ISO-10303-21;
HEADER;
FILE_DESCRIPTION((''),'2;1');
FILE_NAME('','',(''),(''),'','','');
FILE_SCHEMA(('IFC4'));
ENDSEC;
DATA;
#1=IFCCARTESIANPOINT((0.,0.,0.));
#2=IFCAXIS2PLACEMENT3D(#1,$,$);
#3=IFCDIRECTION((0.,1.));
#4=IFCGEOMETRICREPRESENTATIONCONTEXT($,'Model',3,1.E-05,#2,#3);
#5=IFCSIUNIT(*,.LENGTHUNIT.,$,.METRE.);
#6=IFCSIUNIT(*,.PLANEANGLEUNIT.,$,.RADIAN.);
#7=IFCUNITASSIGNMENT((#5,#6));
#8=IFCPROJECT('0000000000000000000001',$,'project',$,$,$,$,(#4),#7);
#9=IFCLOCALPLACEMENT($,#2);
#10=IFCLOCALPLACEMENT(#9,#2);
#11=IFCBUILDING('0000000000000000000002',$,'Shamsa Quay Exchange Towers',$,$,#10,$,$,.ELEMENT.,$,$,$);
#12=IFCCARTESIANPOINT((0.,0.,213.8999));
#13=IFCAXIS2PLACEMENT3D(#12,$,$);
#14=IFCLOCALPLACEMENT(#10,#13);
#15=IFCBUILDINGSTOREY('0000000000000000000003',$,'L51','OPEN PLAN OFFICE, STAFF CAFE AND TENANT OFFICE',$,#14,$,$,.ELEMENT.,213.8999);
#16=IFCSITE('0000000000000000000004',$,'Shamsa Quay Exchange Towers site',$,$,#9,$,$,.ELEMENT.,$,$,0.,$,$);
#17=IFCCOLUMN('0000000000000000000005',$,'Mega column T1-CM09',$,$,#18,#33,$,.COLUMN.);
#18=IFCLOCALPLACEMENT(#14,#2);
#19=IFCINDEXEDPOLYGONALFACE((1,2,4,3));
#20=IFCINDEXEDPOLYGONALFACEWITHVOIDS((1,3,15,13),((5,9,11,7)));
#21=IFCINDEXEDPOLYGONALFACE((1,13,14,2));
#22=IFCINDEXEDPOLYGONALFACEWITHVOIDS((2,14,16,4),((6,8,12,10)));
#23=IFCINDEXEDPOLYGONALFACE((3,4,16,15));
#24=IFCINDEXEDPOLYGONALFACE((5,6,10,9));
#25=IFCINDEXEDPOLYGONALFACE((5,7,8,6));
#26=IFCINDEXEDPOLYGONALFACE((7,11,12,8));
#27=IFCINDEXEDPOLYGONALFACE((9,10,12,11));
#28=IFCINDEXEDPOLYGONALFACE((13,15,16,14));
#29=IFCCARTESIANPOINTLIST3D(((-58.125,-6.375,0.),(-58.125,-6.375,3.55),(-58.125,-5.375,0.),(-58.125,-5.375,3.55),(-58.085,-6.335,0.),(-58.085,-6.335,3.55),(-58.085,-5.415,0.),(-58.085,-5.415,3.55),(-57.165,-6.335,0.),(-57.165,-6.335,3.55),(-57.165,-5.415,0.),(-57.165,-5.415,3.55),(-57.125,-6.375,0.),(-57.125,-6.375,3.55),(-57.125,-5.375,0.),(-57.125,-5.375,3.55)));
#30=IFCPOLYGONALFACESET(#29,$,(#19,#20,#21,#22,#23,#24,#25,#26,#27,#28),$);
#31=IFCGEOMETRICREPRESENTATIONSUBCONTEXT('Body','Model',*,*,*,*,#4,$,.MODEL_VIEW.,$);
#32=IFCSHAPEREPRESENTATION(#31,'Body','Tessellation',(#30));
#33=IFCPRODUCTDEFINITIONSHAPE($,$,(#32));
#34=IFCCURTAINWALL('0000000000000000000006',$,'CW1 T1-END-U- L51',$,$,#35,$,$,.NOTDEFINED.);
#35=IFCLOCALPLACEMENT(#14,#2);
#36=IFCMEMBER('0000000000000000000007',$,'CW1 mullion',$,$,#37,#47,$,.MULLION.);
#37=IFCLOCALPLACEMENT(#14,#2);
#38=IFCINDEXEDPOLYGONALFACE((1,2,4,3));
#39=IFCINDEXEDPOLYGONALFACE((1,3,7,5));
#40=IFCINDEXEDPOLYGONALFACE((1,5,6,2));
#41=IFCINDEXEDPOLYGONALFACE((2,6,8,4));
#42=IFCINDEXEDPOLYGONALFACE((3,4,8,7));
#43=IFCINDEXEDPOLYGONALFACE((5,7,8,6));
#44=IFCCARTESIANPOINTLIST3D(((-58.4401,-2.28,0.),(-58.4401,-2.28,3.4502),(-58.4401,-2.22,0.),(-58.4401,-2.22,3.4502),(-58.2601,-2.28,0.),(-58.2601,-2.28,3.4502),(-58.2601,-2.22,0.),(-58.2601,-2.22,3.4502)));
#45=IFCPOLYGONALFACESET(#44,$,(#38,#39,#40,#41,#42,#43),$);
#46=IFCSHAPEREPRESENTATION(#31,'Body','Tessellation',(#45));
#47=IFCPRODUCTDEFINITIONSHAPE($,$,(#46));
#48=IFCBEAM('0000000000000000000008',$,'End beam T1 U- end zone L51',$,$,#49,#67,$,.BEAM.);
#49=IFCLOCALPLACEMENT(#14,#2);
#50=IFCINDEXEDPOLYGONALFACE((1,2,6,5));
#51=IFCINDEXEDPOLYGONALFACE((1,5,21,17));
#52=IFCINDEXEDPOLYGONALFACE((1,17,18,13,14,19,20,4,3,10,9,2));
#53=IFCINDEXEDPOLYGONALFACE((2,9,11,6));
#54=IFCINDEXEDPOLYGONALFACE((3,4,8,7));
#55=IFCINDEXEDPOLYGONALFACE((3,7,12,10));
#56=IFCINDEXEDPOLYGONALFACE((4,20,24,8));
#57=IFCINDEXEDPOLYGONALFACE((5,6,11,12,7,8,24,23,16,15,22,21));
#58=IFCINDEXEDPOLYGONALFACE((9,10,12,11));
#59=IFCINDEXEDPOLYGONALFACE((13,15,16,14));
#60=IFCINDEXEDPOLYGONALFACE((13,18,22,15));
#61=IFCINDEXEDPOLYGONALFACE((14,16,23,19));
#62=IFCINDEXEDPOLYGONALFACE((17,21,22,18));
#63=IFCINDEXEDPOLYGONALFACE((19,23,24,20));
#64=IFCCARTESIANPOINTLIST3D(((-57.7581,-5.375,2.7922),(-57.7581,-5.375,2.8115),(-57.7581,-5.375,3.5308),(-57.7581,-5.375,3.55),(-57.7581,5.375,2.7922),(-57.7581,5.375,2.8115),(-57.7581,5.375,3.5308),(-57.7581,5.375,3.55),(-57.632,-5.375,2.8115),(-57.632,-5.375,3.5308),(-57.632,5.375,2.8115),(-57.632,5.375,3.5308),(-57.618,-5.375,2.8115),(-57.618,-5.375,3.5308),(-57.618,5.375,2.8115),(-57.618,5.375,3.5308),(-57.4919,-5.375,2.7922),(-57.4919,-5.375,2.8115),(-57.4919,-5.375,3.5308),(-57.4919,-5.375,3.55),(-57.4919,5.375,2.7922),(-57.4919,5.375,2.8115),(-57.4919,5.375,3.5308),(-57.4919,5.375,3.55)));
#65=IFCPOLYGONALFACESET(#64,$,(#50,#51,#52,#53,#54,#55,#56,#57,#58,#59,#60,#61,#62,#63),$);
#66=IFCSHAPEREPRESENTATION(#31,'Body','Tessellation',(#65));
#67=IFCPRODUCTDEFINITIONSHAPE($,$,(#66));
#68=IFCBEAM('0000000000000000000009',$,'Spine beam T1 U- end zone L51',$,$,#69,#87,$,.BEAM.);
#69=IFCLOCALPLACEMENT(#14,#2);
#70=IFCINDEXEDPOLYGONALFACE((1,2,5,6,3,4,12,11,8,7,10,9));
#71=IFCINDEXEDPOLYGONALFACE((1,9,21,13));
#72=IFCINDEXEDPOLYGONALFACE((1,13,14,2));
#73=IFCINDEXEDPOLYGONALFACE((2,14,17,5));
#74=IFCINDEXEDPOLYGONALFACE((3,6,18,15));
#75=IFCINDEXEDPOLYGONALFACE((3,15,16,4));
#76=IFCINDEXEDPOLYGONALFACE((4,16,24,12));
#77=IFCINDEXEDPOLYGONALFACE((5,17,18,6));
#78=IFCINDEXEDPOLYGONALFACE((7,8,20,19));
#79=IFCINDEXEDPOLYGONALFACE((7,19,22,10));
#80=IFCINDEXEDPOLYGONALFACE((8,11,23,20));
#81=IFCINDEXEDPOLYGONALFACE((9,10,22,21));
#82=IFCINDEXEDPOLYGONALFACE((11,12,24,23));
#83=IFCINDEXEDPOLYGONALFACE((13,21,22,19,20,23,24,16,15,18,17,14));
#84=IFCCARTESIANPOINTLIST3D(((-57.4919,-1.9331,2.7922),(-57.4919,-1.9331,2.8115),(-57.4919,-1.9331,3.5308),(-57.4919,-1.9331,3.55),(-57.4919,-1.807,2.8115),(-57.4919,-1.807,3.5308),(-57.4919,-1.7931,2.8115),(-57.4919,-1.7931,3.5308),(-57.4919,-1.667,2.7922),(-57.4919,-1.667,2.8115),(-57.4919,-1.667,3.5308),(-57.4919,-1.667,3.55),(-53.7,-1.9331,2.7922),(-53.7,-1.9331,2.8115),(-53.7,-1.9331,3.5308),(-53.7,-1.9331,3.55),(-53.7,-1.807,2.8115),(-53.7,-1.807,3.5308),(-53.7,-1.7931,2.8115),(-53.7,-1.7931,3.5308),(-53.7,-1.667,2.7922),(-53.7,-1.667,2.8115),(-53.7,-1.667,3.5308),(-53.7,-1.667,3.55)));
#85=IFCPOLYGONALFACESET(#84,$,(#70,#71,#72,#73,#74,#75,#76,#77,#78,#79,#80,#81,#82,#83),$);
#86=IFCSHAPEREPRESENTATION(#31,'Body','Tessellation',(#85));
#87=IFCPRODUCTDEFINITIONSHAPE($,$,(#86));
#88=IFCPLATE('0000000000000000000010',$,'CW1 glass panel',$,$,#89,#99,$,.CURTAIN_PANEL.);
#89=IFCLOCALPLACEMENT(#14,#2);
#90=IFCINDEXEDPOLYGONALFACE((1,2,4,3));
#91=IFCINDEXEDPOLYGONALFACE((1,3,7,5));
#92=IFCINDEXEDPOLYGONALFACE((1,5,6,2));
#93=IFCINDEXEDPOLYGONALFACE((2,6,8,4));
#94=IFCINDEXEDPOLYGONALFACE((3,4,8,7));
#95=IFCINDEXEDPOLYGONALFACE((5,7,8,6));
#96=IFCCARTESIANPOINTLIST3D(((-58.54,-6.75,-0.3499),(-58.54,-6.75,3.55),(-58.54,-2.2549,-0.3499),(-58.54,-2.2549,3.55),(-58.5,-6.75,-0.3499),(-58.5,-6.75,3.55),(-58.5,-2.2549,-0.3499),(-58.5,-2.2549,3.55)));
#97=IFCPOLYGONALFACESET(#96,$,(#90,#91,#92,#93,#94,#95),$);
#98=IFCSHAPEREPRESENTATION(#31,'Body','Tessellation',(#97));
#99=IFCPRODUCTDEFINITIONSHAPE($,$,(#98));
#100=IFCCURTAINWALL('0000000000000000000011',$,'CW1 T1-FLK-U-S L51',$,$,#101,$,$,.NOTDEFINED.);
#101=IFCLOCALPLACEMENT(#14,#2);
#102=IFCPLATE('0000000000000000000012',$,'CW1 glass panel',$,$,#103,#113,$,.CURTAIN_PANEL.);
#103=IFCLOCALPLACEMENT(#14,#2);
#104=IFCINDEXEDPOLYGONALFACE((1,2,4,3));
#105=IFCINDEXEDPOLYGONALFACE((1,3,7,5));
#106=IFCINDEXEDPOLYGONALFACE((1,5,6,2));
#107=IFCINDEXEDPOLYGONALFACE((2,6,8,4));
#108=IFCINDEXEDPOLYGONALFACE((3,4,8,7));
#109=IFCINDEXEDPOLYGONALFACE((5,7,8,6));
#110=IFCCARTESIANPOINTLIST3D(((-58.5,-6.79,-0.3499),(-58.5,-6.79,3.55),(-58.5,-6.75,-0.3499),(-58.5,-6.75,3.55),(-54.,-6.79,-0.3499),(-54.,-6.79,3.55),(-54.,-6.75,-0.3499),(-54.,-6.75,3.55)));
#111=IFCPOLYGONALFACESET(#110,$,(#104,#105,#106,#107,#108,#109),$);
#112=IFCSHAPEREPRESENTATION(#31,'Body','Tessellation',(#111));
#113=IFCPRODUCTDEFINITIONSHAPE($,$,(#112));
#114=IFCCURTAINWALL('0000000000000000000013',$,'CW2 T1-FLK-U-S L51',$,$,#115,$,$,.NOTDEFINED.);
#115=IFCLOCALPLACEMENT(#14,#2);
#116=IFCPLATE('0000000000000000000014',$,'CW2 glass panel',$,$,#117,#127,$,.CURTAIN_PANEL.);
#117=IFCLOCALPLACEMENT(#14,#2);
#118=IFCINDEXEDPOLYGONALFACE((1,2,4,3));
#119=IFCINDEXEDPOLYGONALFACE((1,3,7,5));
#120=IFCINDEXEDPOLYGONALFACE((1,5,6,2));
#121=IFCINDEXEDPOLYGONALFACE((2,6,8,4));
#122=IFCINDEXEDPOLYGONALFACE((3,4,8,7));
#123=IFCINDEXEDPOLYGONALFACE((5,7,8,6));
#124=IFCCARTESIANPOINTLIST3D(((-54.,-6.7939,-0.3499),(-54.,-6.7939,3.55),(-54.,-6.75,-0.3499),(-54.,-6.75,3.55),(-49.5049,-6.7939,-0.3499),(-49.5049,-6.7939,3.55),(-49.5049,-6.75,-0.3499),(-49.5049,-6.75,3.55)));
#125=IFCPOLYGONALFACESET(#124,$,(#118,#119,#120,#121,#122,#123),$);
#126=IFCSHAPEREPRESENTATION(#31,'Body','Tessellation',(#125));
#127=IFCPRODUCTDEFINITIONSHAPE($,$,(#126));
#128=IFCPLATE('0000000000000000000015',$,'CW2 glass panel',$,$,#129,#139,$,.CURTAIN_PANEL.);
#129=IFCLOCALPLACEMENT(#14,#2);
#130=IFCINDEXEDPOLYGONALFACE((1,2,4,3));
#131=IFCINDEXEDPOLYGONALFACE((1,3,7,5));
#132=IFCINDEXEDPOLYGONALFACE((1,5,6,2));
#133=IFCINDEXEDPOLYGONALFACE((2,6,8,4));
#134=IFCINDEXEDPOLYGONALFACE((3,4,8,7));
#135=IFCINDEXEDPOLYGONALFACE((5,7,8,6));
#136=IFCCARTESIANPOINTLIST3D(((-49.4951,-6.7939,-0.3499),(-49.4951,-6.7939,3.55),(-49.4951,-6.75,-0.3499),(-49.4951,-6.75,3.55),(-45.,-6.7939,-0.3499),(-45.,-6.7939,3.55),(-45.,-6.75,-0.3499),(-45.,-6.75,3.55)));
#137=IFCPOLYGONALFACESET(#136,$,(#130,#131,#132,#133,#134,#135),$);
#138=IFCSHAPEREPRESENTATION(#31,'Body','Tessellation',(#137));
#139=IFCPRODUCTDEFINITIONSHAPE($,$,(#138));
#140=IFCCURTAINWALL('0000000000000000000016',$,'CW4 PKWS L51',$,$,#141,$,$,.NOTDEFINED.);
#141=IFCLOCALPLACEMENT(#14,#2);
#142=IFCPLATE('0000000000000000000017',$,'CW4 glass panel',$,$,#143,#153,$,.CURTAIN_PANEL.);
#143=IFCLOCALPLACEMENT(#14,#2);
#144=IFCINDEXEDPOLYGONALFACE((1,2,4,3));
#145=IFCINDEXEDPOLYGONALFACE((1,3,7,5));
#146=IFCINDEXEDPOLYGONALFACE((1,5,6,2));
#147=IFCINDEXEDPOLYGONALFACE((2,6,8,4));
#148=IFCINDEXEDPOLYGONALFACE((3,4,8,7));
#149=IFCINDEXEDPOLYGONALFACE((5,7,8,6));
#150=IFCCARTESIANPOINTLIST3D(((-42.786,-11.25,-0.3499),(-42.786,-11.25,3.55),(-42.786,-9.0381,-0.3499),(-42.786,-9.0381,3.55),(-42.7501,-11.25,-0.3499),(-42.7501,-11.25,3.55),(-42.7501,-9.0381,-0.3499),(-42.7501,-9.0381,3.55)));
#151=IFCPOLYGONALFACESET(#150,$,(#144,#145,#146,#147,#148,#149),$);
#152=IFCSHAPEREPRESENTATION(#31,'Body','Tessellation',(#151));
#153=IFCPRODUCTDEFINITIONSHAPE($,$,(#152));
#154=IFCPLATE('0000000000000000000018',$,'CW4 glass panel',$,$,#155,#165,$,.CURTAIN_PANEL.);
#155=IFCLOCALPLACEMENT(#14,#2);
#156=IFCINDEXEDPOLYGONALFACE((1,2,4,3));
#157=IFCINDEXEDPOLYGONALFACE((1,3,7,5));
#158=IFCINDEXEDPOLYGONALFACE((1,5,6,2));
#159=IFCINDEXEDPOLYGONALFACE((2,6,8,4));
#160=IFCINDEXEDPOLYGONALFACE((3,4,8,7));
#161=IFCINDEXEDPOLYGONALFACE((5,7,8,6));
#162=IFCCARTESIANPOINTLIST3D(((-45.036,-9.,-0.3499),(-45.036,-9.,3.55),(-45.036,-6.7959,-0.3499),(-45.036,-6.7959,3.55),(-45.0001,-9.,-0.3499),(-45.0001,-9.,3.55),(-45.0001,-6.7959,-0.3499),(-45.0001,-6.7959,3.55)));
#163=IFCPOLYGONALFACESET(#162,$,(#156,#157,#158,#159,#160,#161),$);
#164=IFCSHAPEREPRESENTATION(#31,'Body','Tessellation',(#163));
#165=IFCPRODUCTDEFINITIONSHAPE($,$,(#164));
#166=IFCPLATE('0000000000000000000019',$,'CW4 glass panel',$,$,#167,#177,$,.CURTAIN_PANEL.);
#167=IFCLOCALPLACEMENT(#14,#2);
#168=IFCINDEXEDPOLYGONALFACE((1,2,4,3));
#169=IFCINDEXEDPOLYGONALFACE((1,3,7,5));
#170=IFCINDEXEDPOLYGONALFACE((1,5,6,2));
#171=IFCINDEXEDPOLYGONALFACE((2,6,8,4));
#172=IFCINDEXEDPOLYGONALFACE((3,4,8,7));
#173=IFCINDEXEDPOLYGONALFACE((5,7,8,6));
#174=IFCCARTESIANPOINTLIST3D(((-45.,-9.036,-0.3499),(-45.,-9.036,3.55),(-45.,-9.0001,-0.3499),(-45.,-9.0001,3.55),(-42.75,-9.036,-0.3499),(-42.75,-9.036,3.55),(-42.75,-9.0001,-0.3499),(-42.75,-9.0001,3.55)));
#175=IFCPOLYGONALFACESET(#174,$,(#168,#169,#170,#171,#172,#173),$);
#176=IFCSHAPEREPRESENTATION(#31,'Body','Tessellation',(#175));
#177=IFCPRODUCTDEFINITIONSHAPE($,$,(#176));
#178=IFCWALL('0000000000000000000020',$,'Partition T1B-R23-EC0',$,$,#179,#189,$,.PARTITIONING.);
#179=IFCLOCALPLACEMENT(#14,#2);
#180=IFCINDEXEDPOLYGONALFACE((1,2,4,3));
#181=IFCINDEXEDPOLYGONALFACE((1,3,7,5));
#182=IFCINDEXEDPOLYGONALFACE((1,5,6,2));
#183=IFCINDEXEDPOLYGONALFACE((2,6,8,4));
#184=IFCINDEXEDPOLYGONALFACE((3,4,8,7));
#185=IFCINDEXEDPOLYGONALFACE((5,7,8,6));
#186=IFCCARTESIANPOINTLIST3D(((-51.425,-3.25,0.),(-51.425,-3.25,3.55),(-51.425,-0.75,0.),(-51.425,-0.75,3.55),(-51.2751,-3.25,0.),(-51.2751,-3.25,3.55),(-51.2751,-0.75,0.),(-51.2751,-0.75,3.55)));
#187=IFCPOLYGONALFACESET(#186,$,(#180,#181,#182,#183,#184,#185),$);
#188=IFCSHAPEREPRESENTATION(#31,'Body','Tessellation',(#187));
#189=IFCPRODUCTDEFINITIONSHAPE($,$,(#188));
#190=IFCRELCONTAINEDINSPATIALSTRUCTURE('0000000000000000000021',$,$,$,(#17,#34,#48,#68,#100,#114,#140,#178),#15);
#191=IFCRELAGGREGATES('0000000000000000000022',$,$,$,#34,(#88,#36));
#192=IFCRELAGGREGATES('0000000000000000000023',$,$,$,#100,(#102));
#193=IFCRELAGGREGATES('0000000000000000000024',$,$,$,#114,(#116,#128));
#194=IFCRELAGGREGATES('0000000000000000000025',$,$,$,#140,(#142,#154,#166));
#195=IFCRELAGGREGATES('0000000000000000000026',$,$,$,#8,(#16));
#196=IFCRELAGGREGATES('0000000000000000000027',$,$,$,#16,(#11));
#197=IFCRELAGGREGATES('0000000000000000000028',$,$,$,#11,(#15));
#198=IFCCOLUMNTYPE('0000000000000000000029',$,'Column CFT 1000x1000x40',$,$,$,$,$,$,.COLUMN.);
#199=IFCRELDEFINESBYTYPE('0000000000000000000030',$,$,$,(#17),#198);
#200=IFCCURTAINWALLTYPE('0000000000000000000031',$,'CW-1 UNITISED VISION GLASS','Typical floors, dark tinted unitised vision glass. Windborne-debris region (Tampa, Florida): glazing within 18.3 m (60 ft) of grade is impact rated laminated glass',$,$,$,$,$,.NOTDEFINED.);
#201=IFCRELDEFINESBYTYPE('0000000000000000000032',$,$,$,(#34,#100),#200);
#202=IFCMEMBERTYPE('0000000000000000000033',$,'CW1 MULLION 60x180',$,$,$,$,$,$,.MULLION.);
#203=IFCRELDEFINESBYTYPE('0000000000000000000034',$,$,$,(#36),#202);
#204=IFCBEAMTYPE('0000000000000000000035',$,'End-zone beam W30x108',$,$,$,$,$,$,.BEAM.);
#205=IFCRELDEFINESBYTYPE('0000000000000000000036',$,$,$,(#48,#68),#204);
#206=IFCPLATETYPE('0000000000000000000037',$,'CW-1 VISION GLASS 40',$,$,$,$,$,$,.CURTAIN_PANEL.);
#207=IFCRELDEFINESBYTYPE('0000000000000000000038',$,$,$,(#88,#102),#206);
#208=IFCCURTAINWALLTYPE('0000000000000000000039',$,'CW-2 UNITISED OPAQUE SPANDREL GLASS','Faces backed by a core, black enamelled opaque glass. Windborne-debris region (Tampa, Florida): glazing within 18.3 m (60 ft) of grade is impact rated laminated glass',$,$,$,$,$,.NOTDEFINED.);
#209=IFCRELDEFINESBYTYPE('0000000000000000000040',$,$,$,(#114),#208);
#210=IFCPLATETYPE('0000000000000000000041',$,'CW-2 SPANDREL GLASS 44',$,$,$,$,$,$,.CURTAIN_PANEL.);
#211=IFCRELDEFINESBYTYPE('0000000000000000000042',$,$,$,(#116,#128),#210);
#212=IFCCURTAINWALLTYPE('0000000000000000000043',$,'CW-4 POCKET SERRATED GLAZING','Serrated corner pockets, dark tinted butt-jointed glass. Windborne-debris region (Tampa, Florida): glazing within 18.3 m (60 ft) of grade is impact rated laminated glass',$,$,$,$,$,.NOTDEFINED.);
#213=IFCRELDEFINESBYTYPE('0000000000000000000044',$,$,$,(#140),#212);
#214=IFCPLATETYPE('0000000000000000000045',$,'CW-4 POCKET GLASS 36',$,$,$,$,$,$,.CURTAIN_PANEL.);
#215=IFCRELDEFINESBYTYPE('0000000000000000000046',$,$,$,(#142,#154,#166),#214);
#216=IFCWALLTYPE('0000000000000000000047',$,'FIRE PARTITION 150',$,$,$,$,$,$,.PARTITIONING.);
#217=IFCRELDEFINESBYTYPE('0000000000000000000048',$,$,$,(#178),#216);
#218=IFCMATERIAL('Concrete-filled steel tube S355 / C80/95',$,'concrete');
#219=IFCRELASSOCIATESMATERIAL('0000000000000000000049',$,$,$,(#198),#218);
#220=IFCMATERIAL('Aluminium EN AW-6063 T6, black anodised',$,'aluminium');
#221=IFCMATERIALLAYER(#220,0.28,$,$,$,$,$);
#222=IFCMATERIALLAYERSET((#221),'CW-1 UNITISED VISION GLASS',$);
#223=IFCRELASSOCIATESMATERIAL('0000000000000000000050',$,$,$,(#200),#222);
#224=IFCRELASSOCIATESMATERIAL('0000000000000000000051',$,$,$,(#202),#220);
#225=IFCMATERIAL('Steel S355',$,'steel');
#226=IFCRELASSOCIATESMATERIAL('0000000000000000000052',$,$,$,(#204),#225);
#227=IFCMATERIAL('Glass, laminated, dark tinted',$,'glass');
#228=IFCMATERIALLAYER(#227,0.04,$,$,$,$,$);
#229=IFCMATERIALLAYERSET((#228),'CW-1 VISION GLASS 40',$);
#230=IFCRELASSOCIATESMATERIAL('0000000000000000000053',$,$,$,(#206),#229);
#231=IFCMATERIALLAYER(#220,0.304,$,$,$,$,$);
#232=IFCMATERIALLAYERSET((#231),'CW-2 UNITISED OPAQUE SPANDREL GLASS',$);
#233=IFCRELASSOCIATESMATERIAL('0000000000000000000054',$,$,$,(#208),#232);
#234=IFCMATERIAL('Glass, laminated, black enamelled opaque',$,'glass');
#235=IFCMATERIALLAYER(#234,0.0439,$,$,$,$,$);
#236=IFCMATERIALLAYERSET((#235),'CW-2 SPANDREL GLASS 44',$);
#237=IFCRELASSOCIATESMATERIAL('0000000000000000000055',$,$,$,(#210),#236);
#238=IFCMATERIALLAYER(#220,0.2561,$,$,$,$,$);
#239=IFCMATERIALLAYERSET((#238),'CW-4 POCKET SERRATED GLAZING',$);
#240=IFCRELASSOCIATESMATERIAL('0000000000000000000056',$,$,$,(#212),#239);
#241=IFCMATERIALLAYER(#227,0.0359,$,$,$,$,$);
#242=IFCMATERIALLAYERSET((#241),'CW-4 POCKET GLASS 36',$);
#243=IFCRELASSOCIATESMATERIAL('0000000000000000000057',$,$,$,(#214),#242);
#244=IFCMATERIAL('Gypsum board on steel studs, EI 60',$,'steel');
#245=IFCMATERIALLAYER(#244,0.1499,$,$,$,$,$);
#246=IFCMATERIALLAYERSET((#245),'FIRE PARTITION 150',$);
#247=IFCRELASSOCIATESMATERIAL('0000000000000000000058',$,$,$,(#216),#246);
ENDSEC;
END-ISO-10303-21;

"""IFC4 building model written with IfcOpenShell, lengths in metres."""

from ifc_helpers import new_model, si_unit, direction, frame, frame_2d, origin, origin_2d, place, context, subcontext, project, spatial, rectangle, hollow_rectangle, i_section, extrude, material, layer, layer_set, material_profile, profile_set, type_object, element, aggregate, save


model = new_model("IFC4")

# Units and contexts
model_context = context("Model", 3, precision=1e-05, world=origin(), true_north=direction((0.0, 1.0)))
body_context = subcontext(model_context, "Body", "Model", "MODEL_VIEW")
ifc_project = project(units=[si_unit("LENGTHUNIT", "METRE"), si_unit("PLANEANGLEUNIT", "RADIAN")], contexts=[model_context])

# Site, building, storey
site_placement = place(None, origin())
site = spatial("IfcSite", under=ifc_project, at=site_placement, Name="Shamsa Quay Exchange Towers site", CompositionType="ELEMENT", RefElevation=0.0)
building_placement = place(site_placement, origin())
building = spatial("IfcBuilding", under=site, at=building_placement, Name="Shamsa Quay Exchange Towers", CompositionType="ELEMENT")
storey_placement = place(building_placement, frame((0.0, 0.0, 213.8999)))
storey = spatial("IfcBuildingStorey", under=building, at=storey_placement, Name="L51", Description="OPEN PLAN OFFICE, STAFF CAFE AND TENANT OFFICE", CompositionType="ELEMENT", Elevation=213.8999)

# Column
ifc_material_1 = material(Name="Concrete-filled steel tube S355 / C80/95", Category="concrete")
ifc_material_profile_1 = material_profile(ifc_material_1, hollow_rectangle(XDim=1.0, YDim=1.0, WallThickness=0.04, at=origin_2d()), Name="CFT 1000x1000x40")
ifc_profile_set_1 = profile_set([ifc_material_profile_1], Name="Concrete-filled steel tube S355 / C80/95")
column_type = type_object("IfcColumnType", Name="Column CFT 1000x1000x40", PredefinedType="COLUMN", material=ifc_profile_set_1)
column_placement = place(storey_placement, frame((-57.625, -5.875, 0.0)))
element("IfcColumn", 1, at=column_placement, inside=storey, type_object=column_type, Name="Mega column T1-CM09", PredefinedType="COLUMN", context=body_context, shape_type="SweptSolid", body=[
    extrude(hollow_rectangle(XDim=1.0, YDim=1.0, WallThickness=0.04, at=origin_2d()), origin(), (0.0, 0.0, 1.0), 3.55),
])

# Curtain wall, member
ifc_material_2 = material(Name="Aluminium EN AW-6063 T6, black anodised", Category="aluminium")
ifc_layer_1 = layer(ifc_material_2, 0.28)
ifc_layer_set_1 = layer_set([ifc_layer_1], Name="CW-1 UNITISED VISION GLASS")
curtain_wall_type_1 = type_object("IfcCurtainWallType", Name="CW-1 UNITISED VISION GLASS", Description="Typical floors, dark tinted unitised vision glass. Windborne-debris region (Tampa, Florida): glazing within 18.3 m (60 ft) of grade is impact rated laminated glass", PredefinedType="NOTDEFINED", material=ifc_layer_set_1)
curtain_wall_1_placement = place(storey_placement, origin())
curtain_wall_1 = element("IfcCurtainWall", 2, at=curtain_wall_1_placement, inside=storey, type_object=curtain_wall_type_1, Name="CW1 T1-END-U- L51", PredefinedType="NOTDEFINED")
ifc_material_profile_2 = material_profile(ifc_material_2, rectangle(XDim=0.1799, YDim=0.0601, at=origin_2d()), Name="MU60x180")
ifc_profile_set_2 = profile_set([ifc_material_profile_2], Name="Aluminium EN AW-6063 T6, black anodised")
member_type = type_object("IfcMemberType", Name="CW1 MULLION 60x180", PredefinedType="MULLION", material=ifc_profile_set_2)
member_placement = place(storey_placement, frame((-58.3501, -2.25, 0.0)))
member = element("IfcMember", 3, at=member_placement, type_object=member_type, Name="CW1 mullion", PredefinedType="MULLION", context=body_context, shape_type="SweptSolid", body=[
    extrude(rectangle(XDim=0.1799, YDim=0.0601, at=origin_2d()), origin(), (0.0, 0.0, 1.0), 3.4502),
])

# Beams
ifc_material_3 = material(Name="Steel S355", Category="steel")
ifc_material_profile_3 = material_profile(ifc_material_3, i_section(OverallWidth=0.2661, OverallDepth=0.7578, WebThickness=0.0139, FlangeThickness=0.0193, at=origin_2d()), Name="W30x108")
ifc_profile_set_3 = profile_set([ifc_material_profile_3], Name="Steel S355")
beam_type = type_object("IfcBeamType", Name="End-zone beam W30x108", PredefinedType="BEAM", material=ifc_profile_set_3)
beam_1_placement = place(storey_placement, frame((-57.625, -5.375, 3.1711), z_axis=(0.0, 1.0, 0.0), x_axis=(-1.0, 0.0, 0.0)))
element("IfcBeam", 4, at=beam_1_placement, inside=storey, type_object=beam_type, Name="End beam T1 U- end zone L51", PredefinedType="BEAM", context=body_context, shape_type="SweptSolid", body=[
    extrude(i_section(OverallWidth=0.2661, OverallDepth=0.7578, WebThickness=0.0139, FlangeThickness=0.0193, at=origin_2d()), origin(), (0.0, 0.0, 1.0), 10.75),
])
beam_2_placement = place(storey_placement, frame((-53.7, -1.8, 3.1711), z_axis=(-1.0, 0.0, 0.0), x_axis=(0.0, -1.0, 0.0)))
element("IfcBeam", 5, at=beam_2_placement, inside=storey, type_object=beam_type, Name="Spine beam T1 U- end zone L51", PredefinedType="BEAM", context=body_context, shape_type="SweptSolid", body=[
    extrude(i_section(OverallWidth=0.2661, OverallDepth=0.7578, WebThickness=0.0139, FlangeThickness=0.0193, at=origin_2d()), origin(), (0.0, 0.0, 1.0), 3.792),
])

# Plate
ifc_material_4 = material(Name="Glass, laminated, dark tinted", Category="glass")
ifc_layer_2 = layer(ifc_material_4, 0.04)
ifc_layer_set_2 = layer_set([ifc_layer_2], Name="CW-1 VISION GLASS 40")
plate_type_1 = type_object("IfcPlateType", Name="CW-1 VISION GLASS 40", PredefinedType="CURTAIN_PANEL", material=ifc_layer_set_2)
plate_1_placement = place(storey_placement, frame((-58.52, -4.5024, -0.3499), z_axis=(0.0, 0.0, 1.0), x_axis=(0.0, -1.0, 0.0)))
plate_1 = element("IfcPlate", 6, at=plate_1_placement, type_object=plate_type_1, Name="CW1 glass panel", PredefinedType="CURTAIN_PANEL", context=body_context, shape_type="SweptSolid", body=[
    extrude(rectangle(XDim=4.4951, YDim=0.04, at=origin_2d()), origin(), (0.0, 0.0, 1.0), 3.8999),
])
aggregate(curtain_wall_1, [plate_1, member])

# Curtain wall, plate
curtain_wall_2_placement = place(storey_placement, origin())
curtain_wall_2 = element("IfcCurtainWall", 7, at=curtain_wall_2_placement, inside=storey, type_object=curtain_wall_type_1, Name="CW1 T1-FLK-U-S L51", PredefinedType="NOTDEFINED")
plate_2_placement = place(storey_placement, frame((-56.25, -6.77, -0.3499)))
plate_2 = element("IfcPlate", 8, at=plate_2_placement, type_object=plate_type_1, Name="CW1 glass panel", PredefinedType="CURTAIN_PANEL", context=body_context, shape_type="SweptSolid", body=[
    extrude(rectangle(XDim=4.5, YDim=0.04, at=origin_2d()), origin(), (0.0, 0.0, 1.0), 3.8999),
])
aggregate(curtain_wall_2, [plate_2])

# Curtain walls, plates
ifc_layer_3 = layer(ifc_material_2, 0.304)
ifc_layer_set_3 = layer_set([ifc_layer_3], Name="CW-2 UNITISED OPAQUE SPANDREL GLASS")
curtain_wall_type_2 = type_object("IfcCurtainWallType", Name="CW-2 UNITISED OPAQUE SPANDREL GLASS", Description="Faces backed by a core, black enamelled opaque glass. Windborne-debris region (Tampa, Florida): glazing within 18.3 m (60 ft) of grade is impact rated laminated glass", PredefinedType="NOTDEFINED", material=ifc_layer_set_3)
curtain_wall_3_placement = place(storey_placement, origin())
curtain_wall_3 = element("IfcCurtainWall", 9, at=curtain_wall_3_placement, inside=storey, type_object=curtain_wall_type_2, Name="CW2 T1-FLK-U-S L51", PredefinedType="NOTDEFINED")
ifc_material_5 = material(Name="Glass, laminated, black enamelled opaque", Category="glass")
ifc_layer_4 = layer(ifc_material_5, 0.0439)
ifc_layer_set_4 = layer_set([ifc_layer_4], Name="CW-2 SPANDREL GLASS 44")
plate_type_2 = type_object("IfcPlateType", Name="CW-2 SPANDREL GLASS 44", PredefinedType="CURTAIN_PANEL", material=ifc_layer_set_4)
plate_3_placement = place(storey_placement, frame((-51.7524, -6.772, -0.3499)))
plate_3 = element("IfcPlate", 10, at=plate_3_placement, type_object=plate_type_2, Name="CW2 glass panel", PredefinedType="CURTAIN_PANEL", context=body_context, shape_type="SweptSolid", body=[
    extrude(rectangle(XDim=4.4951, YDim=0.0439, at=origin_2d()), origin(), (0.0, 0.0, 1.0), 3.8999),
])
plate_4_placement = place(storey_placement, frame((-47.2476, -6.772, -0.3499)))
plate_4 = element("IfcPlate", 11, at=plate_4_placement, type_object=plate_type_2, Name="CW2 glass panel", PredefinedType="CURTAIN_PANEL", context=body_context, shape_type="SweptSolid", body=[
    extrude(rectangle(XDim=4.4951, YDim=0.0439, at=origin_2d()), origin(), (0.0, 0.0, 1.0), 3.8999),
])
aggregate(curtain_wall_3, [plate_3, plate_4])
ifc_layer_5 = layer(ifc_material_2, 0.2561)
ifc_layer_set_5 = layer_set([ifc_layer_5], Name="CW-4 POCKET SERRATED GLAZING")
curtain_wall_type_3 = type_object("IfcCurtainWallType", Name="CW-4 POCKET SERRATED GLAZING", Description="Serrated corner pockets, dark tinted butt-jointed glass. Windborne-debris region (Tampa, Florida): glazing within 18.3 m (60 ft) of grade is impact rated laminated glass", PredefinedType="NOTDEFINED", material=ifc_layer_set_5)
curtain_wall_4_placement = place(storey_placement, origin())
curtain_wall_4 = element("IfcCurtainWall", 12, at=curtain_wall_4_placement, inside=storey, type_object=curtain_wall_type_3, Name="CW4 PKWS L51", PredefinedType="NOTDEFINED")
ifc_layer_6 = layer(ifc_material_4, 0.0359)
ifc_layer_set_6 = layer_set([ifc_layer_6], Name="CW-4 POCKET GLASS 36")
plate_type_3 = type_object("IfcPlateType", Name="CW-4 POCKET GLASS 36", PredefinedType="CURTAIN_PANEL", material=ifc_layer_set_6)
plate_5_placement = place(storey_placement, frame((-42.7681, -10.144, -0.3499), z_axis=(0.0, 0.0, 1.0), x_axis=(0.0, -1.0, 0.0)))
plate_5 = element("IfcPlate", 13, at=plate_5_placement, type_object=plate_type_3, Name="CW4 glass panel", PredefinedType="CURTAIN_PANEL", context=body_context, shape_type="SweptSolid", body=[
    extrude(rectangle(XDim=2.2119, YDim=0.0359, at=origin_2d()), origin(), (0.0, 0.0, 1.0), 3.8999),
])
plate_6_placement = place(storey_placement, frame((-45.0181, -7.8979, -0.3499), z_axis=(0.0, 0.0, 1.0), x_axis=(0.0, -1.0, 0.0)))
plate_6 = element("IfcPlate", 14, at=plate_6_placement, type_object=plate_type_3, Name="CW4 glass panel", PredefinedType="CURTAIN_PANEL", context=body_context, shape_type="SweptSolid", body=[
    extrude(rectangle(XDim=2.2041, YDim=0.0359, at=origin_2d()), origin(), (0.0, 0.0, 1.0), 3.8999),
])
plate_7_placement = place(storey_placement, frame((-43.875, -9.0181, -0.3499)))
plate_7 = element("IfcPlate", 15, at=plate_7_placement, type_object=plate_type_3, Name="CW4 glass panel", PredefinedType="CURTAIN_PANEL", context=body_context, shape_type="SweptSolid", body=[
    extrude(rectangle(XDim=2.25, YDim=0.0359, at=origin_2d()), origin(), (0.0, 0.0, 1.0), 3.8999),
])
aggregate(curtain_wall_4, [plate_5, plate_6, plate_7])

# Wall
ifc_material_6 = material(Name="Gypsum board on steel studs, EI 60", Category="steel")
ifc_layer_7 = layer(ifc_material_6, 0.1499)
ifc_layer_set_7 = layer_set([ifc_layer_7], Name="FIRE PARTITION 150")
wall_type_1 = type_object("IfcWallType", Name="FIRE PARTITION 150", PredefinedType="PARTITIONING", material=ifc_layer_set_7)
wall_1_placement = place(storey_placement, frame((-51.3501, -3.25, 0.0), z_axis=(0.0, 0.0, 1.0), x_axis=(0.0, 1.0, 0.0)))
element("IfcWall", 16, at=wall_1_placement, inside=storey, type_object=wall_type_1, Name="Partition T1B-R23-EC0", PredefinedType="PARTITIONING", context=body_context, shape_type="SweptSolid", body=[
    extrude(rectangle(XDim=2.5, YDim=0.1499, at=frame_2d((1.25, 0.0))), origin(), (0.0, 0.0, 1.0), 3.55),
])

save(model, "model.ifc")
